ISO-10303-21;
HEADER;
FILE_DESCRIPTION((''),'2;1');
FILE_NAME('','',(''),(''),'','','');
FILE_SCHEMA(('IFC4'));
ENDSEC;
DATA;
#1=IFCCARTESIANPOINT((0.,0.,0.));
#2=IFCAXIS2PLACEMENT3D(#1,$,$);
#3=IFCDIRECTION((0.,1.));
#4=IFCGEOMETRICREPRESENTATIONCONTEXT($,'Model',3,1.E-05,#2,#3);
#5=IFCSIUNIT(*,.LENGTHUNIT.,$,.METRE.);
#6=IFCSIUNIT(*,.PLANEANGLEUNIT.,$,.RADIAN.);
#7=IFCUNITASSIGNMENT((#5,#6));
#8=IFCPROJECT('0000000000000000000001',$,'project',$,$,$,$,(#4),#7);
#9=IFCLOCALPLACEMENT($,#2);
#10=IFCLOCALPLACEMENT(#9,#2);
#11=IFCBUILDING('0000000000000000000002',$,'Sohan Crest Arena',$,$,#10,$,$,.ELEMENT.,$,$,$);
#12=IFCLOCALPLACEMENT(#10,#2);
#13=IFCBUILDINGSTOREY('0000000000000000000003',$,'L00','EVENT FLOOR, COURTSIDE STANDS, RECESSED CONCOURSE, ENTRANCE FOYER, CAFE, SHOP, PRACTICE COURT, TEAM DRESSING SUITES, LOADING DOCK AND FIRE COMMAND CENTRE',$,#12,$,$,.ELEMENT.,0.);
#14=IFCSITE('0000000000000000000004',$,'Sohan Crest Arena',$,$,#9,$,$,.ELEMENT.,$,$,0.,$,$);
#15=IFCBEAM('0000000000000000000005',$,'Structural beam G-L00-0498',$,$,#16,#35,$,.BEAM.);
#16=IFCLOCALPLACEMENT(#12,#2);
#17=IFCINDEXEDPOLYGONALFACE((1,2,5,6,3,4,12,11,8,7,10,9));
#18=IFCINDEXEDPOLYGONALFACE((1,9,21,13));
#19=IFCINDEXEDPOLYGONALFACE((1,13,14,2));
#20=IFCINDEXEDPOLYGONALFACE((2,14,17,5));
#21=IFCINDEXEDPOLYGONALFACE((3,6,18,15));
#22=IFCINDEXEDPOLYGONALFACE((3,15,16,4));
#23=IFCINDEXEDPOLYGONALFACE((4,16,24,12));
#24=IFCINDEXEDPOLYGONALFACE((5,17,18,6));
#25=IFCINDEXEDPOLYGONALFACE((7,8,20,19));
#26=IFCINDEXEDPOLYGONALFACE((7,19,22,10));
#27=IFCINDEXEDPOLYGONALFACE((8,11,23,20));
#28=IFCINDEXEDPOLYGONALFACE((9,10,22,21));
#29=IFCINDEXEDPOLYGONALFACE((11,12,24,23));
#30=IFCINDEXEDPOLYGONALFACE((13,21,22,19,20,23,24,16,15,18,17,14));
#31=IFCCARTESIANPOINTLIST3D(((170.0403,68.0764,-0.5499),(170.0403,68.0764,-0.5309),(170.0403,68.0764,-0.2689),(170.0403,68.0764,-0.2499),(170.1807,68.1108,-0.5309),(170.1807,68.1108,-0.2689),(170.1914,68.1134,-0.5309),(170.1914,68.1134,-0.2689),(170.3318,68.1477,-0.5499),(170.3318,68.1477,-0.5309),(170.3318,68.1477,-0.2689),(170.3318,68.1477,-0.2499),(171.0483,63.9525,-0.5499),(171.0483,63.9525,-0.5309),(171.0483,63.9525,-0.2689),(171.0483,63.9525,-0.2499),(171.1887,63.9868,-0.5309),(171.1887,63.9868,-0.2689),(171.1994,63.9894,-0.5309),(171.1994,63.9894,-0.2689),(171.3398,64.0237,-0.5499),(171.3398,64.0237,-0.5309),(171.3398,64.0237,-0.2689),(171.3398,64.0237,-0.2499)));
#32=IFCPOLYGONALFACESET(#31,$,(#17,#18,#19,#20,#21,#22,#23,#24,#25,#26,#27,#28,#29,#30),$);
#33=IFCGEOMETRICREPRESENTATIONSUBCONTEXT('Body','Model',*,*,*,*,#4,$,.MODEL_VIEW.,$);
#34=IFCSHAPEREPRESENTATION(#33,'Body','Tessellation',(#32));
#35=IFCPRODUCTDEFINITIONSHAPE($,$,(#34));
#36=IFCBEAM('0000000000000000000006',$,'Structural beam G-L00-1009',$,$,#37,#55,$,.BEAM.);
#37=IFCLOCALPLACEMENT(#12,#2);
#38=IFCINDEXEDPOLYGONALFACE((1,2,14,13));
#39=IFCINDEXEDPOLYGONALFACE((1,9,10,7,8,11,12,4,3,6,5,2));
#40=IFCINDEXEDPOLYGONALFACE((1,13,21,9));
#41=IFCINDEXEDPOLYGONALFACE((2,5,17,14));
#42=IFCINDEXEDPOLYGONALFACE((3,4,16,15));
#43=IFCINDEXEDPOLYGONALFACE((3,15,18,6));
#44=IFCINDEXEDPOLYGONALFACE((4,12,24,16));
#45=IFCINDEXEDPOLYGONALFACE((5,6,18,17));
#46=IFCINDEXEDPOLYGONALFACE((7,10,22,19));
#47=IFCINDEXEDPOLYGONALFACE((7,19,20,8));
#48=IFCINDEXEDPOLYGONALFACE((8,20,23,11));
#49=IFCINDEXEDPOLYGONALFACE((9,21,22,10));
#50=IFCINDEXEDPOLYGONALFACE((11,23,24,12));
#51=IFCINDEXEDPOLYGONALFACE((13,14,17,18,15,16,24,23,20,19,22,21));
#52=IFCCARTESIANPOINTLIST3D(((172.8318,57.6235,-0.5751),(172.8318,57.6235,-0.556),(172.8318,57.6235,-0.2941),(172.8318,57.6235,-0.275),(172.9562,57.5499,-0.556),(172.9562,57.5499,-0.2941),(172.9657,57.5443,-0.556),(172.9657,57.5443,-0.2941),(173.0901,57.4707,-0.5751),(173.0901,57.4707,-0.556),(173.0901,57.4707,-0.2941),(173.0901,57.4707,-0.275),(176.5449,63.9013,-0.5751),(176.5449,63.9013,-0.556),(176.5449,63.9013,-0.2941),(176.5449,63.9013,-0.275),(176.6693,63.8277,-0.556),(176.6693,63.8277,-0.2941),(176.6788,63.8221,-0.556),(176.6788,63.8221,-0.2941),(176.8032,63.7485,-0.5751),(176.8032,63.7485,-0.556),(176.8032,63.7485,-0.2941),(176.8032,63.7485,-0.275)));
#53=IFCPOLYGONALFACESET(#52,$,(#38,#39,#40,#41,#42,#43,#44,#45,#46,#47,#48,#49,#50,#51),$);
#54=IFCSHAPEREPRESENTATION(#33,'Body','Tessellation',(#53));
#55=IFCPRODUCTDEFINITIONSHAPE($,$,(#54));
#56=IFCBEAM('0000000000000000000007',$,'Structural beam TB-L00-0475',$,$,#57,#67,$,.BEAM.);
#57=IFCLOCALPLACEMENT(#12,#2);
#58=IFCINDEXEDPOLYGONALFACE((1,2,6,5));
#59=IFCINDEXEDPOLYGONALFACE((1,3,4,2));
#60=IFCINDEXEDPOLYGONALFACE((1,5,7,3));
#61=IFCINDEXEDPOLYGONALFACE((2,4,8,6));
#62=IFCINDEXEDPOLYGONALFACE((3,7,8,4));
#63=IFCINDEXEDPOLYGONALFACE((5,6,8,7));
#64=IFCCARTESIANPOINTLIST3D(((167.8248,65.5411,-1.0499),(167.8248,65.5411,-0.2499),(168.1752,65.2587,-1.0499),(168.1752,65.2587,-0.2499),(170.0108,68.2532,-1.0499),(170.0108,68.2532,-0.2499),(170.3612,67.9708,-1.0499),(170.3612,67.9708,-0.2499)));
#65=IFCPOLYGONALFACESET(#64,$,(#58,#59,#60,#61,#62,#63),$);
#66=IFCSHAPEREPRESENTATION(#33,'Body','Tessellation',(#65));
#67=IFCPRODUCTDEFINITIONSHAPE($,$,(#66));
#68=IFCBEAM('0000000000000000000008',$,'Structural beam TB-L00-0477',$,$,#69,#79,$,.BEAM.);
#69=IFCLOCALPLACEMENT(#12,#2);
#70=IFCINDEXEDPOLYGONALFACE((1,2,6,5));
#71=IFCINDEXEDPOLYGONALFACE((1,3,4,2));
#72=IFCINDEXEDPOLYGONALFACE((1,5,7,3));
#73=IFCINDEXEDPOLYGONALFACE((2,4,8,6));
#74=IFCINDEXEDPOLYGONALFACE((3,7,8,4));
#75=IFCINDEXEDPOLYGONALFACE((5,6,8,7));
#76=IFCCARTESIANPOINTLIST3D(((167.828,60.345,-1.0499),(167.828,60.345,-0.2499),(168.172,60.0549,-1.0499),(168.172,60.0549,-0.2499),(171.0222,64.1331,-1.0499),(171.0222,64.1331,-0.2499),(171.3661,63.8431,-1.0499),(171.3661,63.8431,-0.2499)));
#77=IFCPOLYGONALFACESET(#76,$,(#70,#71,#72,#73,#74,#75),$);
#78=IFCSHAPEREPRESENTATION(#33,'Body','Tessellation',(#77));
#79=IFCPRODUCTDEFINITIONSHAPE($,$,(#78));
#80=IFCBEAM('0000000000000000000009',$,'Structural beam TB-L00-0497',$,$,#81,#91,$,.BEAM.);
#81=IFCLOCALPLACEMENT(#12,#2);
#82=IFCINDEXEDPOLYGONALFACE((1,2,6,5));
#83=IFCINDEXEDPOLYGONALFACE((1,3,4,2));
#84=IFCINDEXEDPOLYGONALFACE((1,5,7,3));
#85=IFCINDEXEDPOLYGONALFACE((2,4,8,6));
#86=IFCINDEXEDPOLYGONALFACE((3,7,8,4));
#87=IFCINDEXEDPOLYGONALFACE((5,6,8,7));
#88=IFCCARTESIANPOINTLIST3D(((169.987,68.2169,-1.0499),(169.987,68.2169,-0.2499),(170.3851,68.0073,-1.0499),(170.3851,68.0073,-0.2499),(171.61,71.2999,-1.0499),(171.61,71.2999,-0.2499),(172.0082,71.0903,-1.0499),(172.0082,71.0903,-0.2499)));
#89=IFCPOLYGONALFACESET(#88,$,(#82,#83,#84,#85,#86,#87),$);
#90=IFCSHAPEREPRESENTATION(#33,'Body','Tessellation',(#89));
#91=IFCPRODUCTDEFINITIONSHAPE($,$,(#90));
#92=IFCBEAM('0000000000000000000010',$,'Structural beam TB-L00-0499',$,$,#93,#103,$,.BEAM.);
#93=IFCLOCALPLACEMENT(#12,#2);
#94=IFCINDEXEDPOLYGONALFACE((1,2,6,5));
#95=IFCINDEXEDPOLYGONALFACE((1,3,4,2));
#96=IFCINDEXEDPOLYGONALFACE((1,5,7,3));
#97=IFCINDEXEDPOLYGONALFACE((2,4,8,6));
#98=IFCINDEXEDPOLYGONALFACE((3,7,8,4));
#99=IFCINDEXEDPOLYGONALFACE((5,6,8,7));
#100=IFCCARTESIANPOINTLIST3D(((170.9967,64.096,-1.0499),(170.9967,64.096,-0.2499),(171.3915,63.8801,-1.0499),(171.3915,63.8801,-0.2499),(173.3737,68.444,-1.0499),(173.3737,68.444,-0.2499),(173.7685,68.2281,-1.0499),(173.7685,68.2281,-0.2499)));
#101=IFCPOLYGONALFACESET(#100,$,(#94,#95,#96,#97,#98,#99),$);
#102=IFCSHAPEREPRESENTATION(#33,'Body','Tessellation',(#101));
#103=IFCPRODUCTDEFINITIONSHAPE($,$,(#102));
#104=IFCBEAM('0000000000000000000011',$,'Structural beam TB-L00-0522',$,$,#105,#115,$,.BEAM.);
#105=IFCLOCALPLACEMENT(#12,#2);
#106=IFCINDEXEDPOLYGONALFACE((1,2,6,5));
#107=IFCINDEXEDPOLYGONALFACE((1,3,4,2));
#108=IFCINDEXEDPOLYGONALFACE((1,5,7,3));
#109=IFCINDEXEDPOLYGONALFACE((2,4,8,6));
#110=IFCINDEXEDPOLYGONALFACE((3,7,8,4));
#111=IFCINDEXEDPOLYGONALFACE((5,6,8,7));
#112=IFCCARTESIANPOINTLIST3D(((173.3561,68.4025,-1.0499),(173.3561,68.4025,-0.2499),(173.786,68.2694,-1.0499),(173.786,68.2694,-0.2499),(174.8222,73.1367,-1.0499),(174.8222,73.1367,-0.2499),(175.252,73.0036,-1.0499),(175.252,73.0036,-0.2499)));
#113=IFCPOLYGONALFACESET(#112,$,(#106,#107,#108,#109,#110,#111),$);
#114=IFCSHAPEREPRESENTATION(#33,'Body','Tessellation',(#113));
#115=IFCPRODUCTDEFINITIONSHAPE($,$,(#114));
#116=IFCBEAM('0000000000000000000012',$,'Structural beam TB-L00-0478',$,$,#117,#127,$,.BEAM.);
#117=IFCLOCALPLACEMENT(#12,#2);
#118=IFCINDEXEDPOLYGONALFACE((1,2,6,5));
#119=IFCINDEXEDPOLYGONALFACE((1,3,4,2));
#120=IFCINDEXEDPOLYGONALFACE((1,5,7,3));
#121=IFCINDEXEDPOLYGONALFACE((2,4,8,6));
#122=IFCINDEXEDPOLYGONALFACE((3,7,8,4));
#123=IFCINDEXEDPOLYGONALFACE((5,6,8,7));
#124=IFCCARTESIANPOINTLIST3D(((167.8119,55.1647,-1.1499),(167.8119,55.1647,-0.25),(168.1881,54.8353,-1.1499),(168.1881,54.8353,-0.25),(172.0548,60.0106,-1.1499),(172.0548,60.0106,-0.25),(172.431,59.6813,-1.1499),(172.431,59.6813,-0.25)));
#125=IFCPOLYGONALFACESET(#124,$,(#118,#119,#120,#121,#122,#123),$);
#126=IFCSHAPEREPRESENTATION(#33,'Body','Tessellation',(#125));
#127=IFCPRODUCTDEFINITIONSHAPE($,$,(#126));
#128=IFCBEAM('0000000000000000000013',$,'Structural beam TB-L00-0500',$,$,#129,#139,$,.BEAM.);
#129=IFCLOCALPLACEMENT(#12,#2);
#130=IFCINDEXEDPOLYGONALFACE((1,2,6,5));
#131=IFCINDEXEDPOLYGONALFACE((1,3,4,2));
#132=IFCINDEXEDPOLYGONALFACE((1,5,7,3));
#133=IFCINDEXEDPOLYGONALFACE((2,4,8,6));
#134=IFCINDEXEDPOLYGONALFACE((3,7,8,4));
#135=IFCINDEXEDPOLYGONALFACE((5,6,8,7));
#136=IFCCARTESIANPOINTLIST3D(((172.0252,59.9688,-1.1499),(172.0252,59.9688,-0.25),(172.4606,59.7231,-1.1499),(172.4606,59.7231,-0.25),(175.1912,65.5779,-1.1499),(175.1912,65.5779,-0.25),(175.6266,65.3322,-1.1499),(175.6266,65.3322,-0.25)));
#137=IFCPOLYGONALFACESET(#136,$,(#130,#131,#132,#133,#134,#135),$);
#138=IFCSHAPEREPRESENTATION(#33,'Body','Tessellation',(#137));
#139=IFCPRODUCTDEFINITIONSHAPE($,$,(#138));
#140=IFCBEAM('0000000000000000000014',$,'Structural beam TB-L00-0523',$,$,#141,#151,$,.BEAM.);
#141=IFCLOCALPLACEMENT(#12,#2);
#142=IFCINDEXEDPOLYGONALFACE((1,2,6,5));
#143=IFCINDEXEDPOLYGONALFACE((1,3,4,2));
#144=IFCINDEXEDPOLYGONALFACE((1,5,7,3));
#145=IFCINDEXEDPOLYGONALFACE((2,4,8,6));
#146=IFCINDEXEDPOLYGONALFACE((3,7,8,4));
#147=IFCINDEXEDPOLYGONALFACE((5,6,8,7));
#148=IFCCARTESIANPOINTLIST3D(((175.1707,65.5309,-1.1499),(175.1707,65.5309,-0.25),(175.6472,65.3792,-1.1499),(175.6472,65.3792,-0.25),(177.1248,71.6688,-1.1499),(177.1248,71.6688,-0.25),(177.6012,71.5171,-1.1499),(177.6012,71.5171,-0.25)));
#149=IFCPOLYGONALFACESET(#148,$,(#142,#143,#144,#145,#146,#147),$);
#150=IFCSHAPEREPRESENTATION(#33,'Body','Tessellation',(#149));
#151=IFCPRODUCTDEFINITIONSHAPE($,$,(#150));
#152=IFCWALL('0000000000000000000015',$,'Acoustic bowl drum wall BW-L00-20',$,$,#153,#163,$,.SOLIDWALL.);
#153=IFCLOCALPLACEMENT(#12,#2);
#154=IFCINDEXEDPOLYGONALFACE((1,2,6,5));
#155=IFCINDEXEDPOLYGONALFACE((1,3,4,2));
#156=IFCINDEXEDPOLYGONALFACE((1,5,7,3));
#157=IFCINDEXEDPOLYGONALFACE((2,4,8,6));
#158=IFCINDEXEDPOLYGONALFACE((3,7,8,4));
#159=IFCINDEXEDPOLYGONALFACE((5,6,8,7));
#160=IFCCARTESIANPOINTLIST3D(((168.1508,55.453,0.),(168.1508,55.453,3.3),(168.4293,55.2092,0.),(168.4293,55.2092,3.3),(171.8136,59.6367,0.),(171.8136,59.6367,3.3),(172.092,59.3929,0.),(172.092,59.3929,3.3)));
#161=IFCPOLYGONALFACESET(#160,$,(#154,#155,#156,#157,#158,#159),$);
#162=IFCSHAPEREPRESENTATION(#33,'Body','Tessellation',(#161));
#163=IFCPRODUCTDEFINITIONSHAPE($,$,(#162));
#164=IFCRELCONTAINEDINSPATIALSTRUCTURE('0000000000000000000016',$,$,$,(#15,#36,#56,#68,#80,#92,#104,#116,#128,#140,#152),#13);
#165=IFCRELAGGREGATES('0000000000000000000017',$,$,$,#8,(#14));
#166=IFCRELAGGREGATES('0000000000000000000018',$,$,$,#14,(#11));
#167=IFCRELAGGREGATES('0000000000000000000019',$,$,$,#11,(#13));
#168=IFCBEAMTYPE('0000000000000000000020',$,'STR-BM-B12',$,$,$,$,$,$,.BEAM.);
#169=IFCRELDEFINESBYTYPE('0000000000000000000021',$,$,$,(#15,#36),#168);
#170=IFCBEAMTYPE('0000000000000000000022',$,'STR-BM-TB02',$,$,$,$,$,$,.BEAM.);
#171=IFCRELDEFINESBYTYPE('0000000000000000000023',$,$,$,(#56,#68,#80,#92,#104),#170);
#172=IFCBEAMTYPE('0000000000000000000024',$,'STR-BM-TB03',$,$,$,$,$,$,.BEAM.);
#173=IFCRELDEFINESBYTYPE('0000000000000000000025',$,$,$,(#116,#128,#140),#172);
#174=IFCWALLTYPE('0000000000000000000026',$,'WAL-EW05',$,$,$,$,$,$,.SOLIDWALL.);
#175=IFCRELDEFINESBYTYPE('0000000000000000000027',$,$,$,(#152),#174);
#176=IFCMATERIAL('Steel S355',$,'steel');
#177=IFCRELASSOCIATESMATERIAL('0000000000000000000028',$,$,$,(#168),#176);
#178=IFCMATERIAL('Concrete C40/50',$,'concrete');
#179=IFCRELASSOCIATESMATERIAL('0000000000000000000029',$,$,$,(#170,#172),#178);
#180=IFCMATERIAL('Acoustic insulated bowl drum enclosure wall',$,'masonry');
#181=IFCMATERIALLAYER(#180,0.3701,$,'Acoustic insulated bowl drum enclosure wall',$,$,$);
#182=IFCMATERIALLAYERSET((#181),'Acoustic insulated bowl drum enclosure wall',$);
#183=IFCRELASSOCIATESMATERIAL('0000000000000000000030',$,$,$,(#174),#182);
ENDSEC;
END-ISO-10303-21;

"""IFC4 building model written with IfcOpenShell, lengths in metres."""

from ifc_helpers import new_model, si_unit, direction, frame, frame_2d, origin, origin_2d, place, context, subcontext, project, spatial, rectangle, i_section, extrude, material, layer, layer_set, material_profile, profile_set, type_object, element, save


model = new_model("IFC4")

# Units and contexts
model_context = context("Model", 3, precision=1e-05, world=origin(), true_north=direction((0.0, 1.0)))
body_context = subcontext(model_context, "Body", "Model", "MODEL_VIEW")
ifc_project = project(units=[si_unit("LENGTHUNIT", "METRE"), si_unit("PLANEANGLEUNIT", "RADIAN")], contexts=[model_context])

# Site, building, storey
site_placement = place(None, origin())
site = spatial("IfcSite", under=ifc_project, at=site_placement, Name="Sohan Crest Arena", CompositionType="ELEMENT", RefElevation=0.0)
building_placement = place(site_placement, origin())
building = spatial("IfcBuilding", under=site, at=building_placement, Name="Sohan Crest Arena", CompositionType="ELEMENT")
storey_placement = place(building_placement, origin())
storey = spatial("IfcBuildingStorey", under=building, at=storey_placement, Name="L00", Description="EVENT FLOOR, COURTSIDE STANDS, RECESSED CONCOURSE, ENTRANCE FOYER, CAFE, SHOP, PRACTICE COURT, TEAM DRESSING SUITES, LOADING DOCK AND FIRE COMMAND CENTRE", CompositionType="ELEMENT", Elevation=0.0)

# Shared definitions
ifc_material_1 = material(Name="Concrete C40/50", Category="concrete")
ifc_material_2 = material(Name="Steel S355", Category="steel")

# Beams
ifc_material_profile_1 = material_profile(ifc_material_2, i_section(OverallWidth=0.3, OverallDepth=0.3, WebThickness=0.011, FlangeThickness=0.019, at=origin_2d()), Name="HEB 300")
ifc_profile_set_1 = profile_set([ifc_material_profile_1], Name="Steel S355")
beam_type_1 = type_object("IfcBeamType", Name="STR-BM-B12", PredefinedType="BEAM", material=ifc_profile_set_1)
beam_1_placement = place(storey_placement, frame((170.186, 68.1121, -0.3999), z_axis=(0.237445, -0.971401, 0.0), x_axis=(0.971401, 0.237445, 0.0)))
element("IfcBeam", 1, at=beam_1_placement, inside=storey, type_object=beam_type_1, Name="Structural beam G-L00-0498", PredefinedType="BEAM", context=body_context, shape_type="SweptSolid", body=[
    extrude(i_section(OverallWidth=0.3, OverallDepth=0.3, WebThickness=0.011, FlangeThickness=0.019, at=origin_2d()), origin(), (0.0, 0.0, 1.0), 4.2454),
])
beam_2_placement = place(storey_placement, frame((172.9609, 57.5471, -0.425), z_axis=(0.509086, 0.860716, 0.0), x_axis=(-0.860716, 0.509086, 0.0)))
element("IfcBeam", 2, at=beam_2_placement, inside=storey, type_object=beam_type_1, Name="Structural beam G-L00-1009", PredefinedType="BEAM", context=body_context, shape_type="SweptSolid", body=[
    extrude(i_section(OverallWidth=0.3, OverallDepth=0.3, WebThickness=0.011, FlangeThickness=0.019, at=origin_2d()), origin(), (0.0, 0.0, 1.0), 7.2937),
])
ifc_material_profile_2 = material_profile(ifc_material_1, rectangle(XDim=0.45, YDim=0.8, at=origin_2d()), Name="RC-BM 450x800")
ifc_profile_set_2 = profile_set([ifc_material_profile_2], Name="Concrete C40/50")
beam_type_2 = type_object("IfcBeamType", Name="STR-BM-TB02", PredefinedType="BEAM", material=ifc_profile_set_2)
beam_3_placement = place(storey_placement, frame((168.0, 65.3999, -0.6499), z_axis=(0.627546, 0.77858, 0.0), x_axis=(-0.77858, 0.627546, 0.0)))
element("IfcBeam", 3, at=beam_3_placement, inside=storey, type_object=beam_type_2, Name="Structural beam TB-L00-0475", PredefinedType="BEAM", context=body_context, shape_type="SweptSolid", body=[
    extrude(rectangle(XDim=0.45, YDim=0.8, at=origin_2d()), origin(), (0.0, 0.0, 1.0), 3.4834),
])
beam_4_placement = place(storey_placement, frame((168.0, 60.2, -0.6499), z_axis=(0.644623, 0.764501, 0.0), x_axis=(-0.764501, 0.644623, 0.0)))
element("IfcBeam", 4, at=beam_4_placement, inside=storey, type_object=beam_type_2, Name="Structural beam TB-L00-0477", PredefinedType="BEAM", context=body_context, shape_type="SweptSolid", body=[
    extrude(rectangle(XDim=0.45, YDim=0.8, at=origin_2d()), origin(), (0.0, 0.0, 1.0), 4.9551),
])
beam_5_placement = place(storey_placement, frame((170.186, 68.1121, -0.6499), z_axis=(0.465839, 0.88487, 0.0), x_axis=(-0.88487, 0.465839, 0.0)))
element("IfcBeam", 5, at=beam_5_placement, inside=storey, type_object=beam_type_2, Name="Structural beam TB-L00-0497", PredefinedType="BEAM", context=body_context, shape_type="SweptSolid", body=[
    extrude(rectangle(XDim=0.45, YDim=0.8, at=origin_2d()), origin(), (0.0, 0.0, 1.0), 3.4841),
])
beam_6_placement = place(storey_placement, frame((171.1941, 63.988, -0.6499), z_axis=(0.479687, 0.87744, 0.0), x_axis=(-0.87744, 0.479687, 0.0)))
element("IfcBeam", 6, at=beam_6_placement, inside=storey, type_object=beam_type_2, Name="Structural beam TB-L00-0499", PredefinedType="BEAM", context=body_context, shape_type="SweptSolid", body=[
    extrude(rectangle(XDim=0.45, YDim=0.8, at=origin_2d()), origin(), (0.0, 0.0, 1.0), 4.9553),
])
beam_7_placement = place(storey_placement, frame((173.571, 68.3359, -0.6499), z_axis=(0.29582, 0.955244, 0.0), x_axis=(-0.955244, 0.29582, 0.0)))
element("IfcBeam", 7, at=beam_7_placement, inside=storey, type_object=beam_type_2, Name="Structural beam TB-L00-0522", PredefinedType="BEAM", context=body_context, shape_type="SweptSolid", body=[
    extrude(rectangle(XDim=0.45, YDim=0.8, at=origin_2d()), origin(), (0.0, 0.0, 1.0), 4.9561),
])
ifc_material_profile_3 = material_profile(ifc_material_1, rectangle(XDim=0.5, YDim=0.8999, at=origin_2d()), Name="RC-BM 500x900")
ifc_profile_set_3 = profile_set([ifc_material_profile_3], Name="Concrete C40/50")
beam_type_3 = type_object("IfcBeamType", Name="STR-BM-TB03", PredefinedType="BEAM", material=ifc_profile_set_3)
for number, where, z_axis, x_axis, name in (
    (8, (168.0, 55.0, -0.7), (0.658743, 0.752368, 0.0), (-0.752368, 0.658743, 0.0), "Structural beam TB-L00-0478"),
    (9, (172.2429, 59.8459, -0.7), (0.491544, 0.870853, 0.0), (-0.870853, 0.491544, 0.0), "Structural beam TB-L00-0500"),
):
    element("IfcBeam", number, at=place(storey_placement, frame(where, z_axis=z_axis, x_axis=x_axis)), inside=storey, type_object=beam_type_3, Name=name, PredefinedType="BEAM", context=body_context, shape_type="SweptSolid", body=[
        extrude(rectangle(XDim=0.5, YDim=0.8999, at=origin_2d()), origin(), (0.0, 0.0, 1.0), 6.4409),
    ])
beam_8_placement = place(storey_placement, frame((175.4089, 65.4551, -0.7), z_axis=(0.303362, 0.952875, 0.0), x_axis=(-0.952875, 0.303362, 0.0)))
element("IfcBeam", 10, at=beam_8_placement, inside=storey, type_object=beam_type_3, Name="Structural beam TB-L00-0523", PredefinedType="BEAM", context=body_context, shape_type="SweptSolid", body=[
    extrude(rectangle(XDim=0.5, YDim=0.8999, at=origin_2d()), origin(), (0.0, 0.0, 1.0), 6.4414),
])

# Wall
ifc_material_3 = material(Name="Acoustic insulated bowl drum enclosure wall", Category="masonry")
ifc_layer = layer(ifc_material_3, 0.3701, Name="Acoustic insulated bowl drum enclosure wall")
ifc_layer_set = layer_set([ifc_layer], Name="Acoustic insulated bowl drum enclosure wall")
wall_type = type_object("IfcWallType", Name="WAL-EW05", PredefinedType="SOLIDWALL", material=ifc_layer_set)
wall_1_placement = place(storey_placement, frame((168.29, 55.3311, 0.0), z_axis=(0.0, 0.0, 1.0), x_axis=(0.658707, 0.7524, 0.0)))
element("IfcWall", 11, at=wall_1_placement, inside=storey, type_object=wall_type, Name="Acoustic bowl drum wall BW-L00-20", PredefinedType="SOLIDWALL", context=body_context, shape_type="SweptSolid", body=[
    extrude(rectangle(XDim=5.5605, YDim=0.3701, at=frame_2d((2.7803, 0.0))), origin(), (0.0, 0.0, 1.0), 3.3),
])

save(model, "model.ifc")
